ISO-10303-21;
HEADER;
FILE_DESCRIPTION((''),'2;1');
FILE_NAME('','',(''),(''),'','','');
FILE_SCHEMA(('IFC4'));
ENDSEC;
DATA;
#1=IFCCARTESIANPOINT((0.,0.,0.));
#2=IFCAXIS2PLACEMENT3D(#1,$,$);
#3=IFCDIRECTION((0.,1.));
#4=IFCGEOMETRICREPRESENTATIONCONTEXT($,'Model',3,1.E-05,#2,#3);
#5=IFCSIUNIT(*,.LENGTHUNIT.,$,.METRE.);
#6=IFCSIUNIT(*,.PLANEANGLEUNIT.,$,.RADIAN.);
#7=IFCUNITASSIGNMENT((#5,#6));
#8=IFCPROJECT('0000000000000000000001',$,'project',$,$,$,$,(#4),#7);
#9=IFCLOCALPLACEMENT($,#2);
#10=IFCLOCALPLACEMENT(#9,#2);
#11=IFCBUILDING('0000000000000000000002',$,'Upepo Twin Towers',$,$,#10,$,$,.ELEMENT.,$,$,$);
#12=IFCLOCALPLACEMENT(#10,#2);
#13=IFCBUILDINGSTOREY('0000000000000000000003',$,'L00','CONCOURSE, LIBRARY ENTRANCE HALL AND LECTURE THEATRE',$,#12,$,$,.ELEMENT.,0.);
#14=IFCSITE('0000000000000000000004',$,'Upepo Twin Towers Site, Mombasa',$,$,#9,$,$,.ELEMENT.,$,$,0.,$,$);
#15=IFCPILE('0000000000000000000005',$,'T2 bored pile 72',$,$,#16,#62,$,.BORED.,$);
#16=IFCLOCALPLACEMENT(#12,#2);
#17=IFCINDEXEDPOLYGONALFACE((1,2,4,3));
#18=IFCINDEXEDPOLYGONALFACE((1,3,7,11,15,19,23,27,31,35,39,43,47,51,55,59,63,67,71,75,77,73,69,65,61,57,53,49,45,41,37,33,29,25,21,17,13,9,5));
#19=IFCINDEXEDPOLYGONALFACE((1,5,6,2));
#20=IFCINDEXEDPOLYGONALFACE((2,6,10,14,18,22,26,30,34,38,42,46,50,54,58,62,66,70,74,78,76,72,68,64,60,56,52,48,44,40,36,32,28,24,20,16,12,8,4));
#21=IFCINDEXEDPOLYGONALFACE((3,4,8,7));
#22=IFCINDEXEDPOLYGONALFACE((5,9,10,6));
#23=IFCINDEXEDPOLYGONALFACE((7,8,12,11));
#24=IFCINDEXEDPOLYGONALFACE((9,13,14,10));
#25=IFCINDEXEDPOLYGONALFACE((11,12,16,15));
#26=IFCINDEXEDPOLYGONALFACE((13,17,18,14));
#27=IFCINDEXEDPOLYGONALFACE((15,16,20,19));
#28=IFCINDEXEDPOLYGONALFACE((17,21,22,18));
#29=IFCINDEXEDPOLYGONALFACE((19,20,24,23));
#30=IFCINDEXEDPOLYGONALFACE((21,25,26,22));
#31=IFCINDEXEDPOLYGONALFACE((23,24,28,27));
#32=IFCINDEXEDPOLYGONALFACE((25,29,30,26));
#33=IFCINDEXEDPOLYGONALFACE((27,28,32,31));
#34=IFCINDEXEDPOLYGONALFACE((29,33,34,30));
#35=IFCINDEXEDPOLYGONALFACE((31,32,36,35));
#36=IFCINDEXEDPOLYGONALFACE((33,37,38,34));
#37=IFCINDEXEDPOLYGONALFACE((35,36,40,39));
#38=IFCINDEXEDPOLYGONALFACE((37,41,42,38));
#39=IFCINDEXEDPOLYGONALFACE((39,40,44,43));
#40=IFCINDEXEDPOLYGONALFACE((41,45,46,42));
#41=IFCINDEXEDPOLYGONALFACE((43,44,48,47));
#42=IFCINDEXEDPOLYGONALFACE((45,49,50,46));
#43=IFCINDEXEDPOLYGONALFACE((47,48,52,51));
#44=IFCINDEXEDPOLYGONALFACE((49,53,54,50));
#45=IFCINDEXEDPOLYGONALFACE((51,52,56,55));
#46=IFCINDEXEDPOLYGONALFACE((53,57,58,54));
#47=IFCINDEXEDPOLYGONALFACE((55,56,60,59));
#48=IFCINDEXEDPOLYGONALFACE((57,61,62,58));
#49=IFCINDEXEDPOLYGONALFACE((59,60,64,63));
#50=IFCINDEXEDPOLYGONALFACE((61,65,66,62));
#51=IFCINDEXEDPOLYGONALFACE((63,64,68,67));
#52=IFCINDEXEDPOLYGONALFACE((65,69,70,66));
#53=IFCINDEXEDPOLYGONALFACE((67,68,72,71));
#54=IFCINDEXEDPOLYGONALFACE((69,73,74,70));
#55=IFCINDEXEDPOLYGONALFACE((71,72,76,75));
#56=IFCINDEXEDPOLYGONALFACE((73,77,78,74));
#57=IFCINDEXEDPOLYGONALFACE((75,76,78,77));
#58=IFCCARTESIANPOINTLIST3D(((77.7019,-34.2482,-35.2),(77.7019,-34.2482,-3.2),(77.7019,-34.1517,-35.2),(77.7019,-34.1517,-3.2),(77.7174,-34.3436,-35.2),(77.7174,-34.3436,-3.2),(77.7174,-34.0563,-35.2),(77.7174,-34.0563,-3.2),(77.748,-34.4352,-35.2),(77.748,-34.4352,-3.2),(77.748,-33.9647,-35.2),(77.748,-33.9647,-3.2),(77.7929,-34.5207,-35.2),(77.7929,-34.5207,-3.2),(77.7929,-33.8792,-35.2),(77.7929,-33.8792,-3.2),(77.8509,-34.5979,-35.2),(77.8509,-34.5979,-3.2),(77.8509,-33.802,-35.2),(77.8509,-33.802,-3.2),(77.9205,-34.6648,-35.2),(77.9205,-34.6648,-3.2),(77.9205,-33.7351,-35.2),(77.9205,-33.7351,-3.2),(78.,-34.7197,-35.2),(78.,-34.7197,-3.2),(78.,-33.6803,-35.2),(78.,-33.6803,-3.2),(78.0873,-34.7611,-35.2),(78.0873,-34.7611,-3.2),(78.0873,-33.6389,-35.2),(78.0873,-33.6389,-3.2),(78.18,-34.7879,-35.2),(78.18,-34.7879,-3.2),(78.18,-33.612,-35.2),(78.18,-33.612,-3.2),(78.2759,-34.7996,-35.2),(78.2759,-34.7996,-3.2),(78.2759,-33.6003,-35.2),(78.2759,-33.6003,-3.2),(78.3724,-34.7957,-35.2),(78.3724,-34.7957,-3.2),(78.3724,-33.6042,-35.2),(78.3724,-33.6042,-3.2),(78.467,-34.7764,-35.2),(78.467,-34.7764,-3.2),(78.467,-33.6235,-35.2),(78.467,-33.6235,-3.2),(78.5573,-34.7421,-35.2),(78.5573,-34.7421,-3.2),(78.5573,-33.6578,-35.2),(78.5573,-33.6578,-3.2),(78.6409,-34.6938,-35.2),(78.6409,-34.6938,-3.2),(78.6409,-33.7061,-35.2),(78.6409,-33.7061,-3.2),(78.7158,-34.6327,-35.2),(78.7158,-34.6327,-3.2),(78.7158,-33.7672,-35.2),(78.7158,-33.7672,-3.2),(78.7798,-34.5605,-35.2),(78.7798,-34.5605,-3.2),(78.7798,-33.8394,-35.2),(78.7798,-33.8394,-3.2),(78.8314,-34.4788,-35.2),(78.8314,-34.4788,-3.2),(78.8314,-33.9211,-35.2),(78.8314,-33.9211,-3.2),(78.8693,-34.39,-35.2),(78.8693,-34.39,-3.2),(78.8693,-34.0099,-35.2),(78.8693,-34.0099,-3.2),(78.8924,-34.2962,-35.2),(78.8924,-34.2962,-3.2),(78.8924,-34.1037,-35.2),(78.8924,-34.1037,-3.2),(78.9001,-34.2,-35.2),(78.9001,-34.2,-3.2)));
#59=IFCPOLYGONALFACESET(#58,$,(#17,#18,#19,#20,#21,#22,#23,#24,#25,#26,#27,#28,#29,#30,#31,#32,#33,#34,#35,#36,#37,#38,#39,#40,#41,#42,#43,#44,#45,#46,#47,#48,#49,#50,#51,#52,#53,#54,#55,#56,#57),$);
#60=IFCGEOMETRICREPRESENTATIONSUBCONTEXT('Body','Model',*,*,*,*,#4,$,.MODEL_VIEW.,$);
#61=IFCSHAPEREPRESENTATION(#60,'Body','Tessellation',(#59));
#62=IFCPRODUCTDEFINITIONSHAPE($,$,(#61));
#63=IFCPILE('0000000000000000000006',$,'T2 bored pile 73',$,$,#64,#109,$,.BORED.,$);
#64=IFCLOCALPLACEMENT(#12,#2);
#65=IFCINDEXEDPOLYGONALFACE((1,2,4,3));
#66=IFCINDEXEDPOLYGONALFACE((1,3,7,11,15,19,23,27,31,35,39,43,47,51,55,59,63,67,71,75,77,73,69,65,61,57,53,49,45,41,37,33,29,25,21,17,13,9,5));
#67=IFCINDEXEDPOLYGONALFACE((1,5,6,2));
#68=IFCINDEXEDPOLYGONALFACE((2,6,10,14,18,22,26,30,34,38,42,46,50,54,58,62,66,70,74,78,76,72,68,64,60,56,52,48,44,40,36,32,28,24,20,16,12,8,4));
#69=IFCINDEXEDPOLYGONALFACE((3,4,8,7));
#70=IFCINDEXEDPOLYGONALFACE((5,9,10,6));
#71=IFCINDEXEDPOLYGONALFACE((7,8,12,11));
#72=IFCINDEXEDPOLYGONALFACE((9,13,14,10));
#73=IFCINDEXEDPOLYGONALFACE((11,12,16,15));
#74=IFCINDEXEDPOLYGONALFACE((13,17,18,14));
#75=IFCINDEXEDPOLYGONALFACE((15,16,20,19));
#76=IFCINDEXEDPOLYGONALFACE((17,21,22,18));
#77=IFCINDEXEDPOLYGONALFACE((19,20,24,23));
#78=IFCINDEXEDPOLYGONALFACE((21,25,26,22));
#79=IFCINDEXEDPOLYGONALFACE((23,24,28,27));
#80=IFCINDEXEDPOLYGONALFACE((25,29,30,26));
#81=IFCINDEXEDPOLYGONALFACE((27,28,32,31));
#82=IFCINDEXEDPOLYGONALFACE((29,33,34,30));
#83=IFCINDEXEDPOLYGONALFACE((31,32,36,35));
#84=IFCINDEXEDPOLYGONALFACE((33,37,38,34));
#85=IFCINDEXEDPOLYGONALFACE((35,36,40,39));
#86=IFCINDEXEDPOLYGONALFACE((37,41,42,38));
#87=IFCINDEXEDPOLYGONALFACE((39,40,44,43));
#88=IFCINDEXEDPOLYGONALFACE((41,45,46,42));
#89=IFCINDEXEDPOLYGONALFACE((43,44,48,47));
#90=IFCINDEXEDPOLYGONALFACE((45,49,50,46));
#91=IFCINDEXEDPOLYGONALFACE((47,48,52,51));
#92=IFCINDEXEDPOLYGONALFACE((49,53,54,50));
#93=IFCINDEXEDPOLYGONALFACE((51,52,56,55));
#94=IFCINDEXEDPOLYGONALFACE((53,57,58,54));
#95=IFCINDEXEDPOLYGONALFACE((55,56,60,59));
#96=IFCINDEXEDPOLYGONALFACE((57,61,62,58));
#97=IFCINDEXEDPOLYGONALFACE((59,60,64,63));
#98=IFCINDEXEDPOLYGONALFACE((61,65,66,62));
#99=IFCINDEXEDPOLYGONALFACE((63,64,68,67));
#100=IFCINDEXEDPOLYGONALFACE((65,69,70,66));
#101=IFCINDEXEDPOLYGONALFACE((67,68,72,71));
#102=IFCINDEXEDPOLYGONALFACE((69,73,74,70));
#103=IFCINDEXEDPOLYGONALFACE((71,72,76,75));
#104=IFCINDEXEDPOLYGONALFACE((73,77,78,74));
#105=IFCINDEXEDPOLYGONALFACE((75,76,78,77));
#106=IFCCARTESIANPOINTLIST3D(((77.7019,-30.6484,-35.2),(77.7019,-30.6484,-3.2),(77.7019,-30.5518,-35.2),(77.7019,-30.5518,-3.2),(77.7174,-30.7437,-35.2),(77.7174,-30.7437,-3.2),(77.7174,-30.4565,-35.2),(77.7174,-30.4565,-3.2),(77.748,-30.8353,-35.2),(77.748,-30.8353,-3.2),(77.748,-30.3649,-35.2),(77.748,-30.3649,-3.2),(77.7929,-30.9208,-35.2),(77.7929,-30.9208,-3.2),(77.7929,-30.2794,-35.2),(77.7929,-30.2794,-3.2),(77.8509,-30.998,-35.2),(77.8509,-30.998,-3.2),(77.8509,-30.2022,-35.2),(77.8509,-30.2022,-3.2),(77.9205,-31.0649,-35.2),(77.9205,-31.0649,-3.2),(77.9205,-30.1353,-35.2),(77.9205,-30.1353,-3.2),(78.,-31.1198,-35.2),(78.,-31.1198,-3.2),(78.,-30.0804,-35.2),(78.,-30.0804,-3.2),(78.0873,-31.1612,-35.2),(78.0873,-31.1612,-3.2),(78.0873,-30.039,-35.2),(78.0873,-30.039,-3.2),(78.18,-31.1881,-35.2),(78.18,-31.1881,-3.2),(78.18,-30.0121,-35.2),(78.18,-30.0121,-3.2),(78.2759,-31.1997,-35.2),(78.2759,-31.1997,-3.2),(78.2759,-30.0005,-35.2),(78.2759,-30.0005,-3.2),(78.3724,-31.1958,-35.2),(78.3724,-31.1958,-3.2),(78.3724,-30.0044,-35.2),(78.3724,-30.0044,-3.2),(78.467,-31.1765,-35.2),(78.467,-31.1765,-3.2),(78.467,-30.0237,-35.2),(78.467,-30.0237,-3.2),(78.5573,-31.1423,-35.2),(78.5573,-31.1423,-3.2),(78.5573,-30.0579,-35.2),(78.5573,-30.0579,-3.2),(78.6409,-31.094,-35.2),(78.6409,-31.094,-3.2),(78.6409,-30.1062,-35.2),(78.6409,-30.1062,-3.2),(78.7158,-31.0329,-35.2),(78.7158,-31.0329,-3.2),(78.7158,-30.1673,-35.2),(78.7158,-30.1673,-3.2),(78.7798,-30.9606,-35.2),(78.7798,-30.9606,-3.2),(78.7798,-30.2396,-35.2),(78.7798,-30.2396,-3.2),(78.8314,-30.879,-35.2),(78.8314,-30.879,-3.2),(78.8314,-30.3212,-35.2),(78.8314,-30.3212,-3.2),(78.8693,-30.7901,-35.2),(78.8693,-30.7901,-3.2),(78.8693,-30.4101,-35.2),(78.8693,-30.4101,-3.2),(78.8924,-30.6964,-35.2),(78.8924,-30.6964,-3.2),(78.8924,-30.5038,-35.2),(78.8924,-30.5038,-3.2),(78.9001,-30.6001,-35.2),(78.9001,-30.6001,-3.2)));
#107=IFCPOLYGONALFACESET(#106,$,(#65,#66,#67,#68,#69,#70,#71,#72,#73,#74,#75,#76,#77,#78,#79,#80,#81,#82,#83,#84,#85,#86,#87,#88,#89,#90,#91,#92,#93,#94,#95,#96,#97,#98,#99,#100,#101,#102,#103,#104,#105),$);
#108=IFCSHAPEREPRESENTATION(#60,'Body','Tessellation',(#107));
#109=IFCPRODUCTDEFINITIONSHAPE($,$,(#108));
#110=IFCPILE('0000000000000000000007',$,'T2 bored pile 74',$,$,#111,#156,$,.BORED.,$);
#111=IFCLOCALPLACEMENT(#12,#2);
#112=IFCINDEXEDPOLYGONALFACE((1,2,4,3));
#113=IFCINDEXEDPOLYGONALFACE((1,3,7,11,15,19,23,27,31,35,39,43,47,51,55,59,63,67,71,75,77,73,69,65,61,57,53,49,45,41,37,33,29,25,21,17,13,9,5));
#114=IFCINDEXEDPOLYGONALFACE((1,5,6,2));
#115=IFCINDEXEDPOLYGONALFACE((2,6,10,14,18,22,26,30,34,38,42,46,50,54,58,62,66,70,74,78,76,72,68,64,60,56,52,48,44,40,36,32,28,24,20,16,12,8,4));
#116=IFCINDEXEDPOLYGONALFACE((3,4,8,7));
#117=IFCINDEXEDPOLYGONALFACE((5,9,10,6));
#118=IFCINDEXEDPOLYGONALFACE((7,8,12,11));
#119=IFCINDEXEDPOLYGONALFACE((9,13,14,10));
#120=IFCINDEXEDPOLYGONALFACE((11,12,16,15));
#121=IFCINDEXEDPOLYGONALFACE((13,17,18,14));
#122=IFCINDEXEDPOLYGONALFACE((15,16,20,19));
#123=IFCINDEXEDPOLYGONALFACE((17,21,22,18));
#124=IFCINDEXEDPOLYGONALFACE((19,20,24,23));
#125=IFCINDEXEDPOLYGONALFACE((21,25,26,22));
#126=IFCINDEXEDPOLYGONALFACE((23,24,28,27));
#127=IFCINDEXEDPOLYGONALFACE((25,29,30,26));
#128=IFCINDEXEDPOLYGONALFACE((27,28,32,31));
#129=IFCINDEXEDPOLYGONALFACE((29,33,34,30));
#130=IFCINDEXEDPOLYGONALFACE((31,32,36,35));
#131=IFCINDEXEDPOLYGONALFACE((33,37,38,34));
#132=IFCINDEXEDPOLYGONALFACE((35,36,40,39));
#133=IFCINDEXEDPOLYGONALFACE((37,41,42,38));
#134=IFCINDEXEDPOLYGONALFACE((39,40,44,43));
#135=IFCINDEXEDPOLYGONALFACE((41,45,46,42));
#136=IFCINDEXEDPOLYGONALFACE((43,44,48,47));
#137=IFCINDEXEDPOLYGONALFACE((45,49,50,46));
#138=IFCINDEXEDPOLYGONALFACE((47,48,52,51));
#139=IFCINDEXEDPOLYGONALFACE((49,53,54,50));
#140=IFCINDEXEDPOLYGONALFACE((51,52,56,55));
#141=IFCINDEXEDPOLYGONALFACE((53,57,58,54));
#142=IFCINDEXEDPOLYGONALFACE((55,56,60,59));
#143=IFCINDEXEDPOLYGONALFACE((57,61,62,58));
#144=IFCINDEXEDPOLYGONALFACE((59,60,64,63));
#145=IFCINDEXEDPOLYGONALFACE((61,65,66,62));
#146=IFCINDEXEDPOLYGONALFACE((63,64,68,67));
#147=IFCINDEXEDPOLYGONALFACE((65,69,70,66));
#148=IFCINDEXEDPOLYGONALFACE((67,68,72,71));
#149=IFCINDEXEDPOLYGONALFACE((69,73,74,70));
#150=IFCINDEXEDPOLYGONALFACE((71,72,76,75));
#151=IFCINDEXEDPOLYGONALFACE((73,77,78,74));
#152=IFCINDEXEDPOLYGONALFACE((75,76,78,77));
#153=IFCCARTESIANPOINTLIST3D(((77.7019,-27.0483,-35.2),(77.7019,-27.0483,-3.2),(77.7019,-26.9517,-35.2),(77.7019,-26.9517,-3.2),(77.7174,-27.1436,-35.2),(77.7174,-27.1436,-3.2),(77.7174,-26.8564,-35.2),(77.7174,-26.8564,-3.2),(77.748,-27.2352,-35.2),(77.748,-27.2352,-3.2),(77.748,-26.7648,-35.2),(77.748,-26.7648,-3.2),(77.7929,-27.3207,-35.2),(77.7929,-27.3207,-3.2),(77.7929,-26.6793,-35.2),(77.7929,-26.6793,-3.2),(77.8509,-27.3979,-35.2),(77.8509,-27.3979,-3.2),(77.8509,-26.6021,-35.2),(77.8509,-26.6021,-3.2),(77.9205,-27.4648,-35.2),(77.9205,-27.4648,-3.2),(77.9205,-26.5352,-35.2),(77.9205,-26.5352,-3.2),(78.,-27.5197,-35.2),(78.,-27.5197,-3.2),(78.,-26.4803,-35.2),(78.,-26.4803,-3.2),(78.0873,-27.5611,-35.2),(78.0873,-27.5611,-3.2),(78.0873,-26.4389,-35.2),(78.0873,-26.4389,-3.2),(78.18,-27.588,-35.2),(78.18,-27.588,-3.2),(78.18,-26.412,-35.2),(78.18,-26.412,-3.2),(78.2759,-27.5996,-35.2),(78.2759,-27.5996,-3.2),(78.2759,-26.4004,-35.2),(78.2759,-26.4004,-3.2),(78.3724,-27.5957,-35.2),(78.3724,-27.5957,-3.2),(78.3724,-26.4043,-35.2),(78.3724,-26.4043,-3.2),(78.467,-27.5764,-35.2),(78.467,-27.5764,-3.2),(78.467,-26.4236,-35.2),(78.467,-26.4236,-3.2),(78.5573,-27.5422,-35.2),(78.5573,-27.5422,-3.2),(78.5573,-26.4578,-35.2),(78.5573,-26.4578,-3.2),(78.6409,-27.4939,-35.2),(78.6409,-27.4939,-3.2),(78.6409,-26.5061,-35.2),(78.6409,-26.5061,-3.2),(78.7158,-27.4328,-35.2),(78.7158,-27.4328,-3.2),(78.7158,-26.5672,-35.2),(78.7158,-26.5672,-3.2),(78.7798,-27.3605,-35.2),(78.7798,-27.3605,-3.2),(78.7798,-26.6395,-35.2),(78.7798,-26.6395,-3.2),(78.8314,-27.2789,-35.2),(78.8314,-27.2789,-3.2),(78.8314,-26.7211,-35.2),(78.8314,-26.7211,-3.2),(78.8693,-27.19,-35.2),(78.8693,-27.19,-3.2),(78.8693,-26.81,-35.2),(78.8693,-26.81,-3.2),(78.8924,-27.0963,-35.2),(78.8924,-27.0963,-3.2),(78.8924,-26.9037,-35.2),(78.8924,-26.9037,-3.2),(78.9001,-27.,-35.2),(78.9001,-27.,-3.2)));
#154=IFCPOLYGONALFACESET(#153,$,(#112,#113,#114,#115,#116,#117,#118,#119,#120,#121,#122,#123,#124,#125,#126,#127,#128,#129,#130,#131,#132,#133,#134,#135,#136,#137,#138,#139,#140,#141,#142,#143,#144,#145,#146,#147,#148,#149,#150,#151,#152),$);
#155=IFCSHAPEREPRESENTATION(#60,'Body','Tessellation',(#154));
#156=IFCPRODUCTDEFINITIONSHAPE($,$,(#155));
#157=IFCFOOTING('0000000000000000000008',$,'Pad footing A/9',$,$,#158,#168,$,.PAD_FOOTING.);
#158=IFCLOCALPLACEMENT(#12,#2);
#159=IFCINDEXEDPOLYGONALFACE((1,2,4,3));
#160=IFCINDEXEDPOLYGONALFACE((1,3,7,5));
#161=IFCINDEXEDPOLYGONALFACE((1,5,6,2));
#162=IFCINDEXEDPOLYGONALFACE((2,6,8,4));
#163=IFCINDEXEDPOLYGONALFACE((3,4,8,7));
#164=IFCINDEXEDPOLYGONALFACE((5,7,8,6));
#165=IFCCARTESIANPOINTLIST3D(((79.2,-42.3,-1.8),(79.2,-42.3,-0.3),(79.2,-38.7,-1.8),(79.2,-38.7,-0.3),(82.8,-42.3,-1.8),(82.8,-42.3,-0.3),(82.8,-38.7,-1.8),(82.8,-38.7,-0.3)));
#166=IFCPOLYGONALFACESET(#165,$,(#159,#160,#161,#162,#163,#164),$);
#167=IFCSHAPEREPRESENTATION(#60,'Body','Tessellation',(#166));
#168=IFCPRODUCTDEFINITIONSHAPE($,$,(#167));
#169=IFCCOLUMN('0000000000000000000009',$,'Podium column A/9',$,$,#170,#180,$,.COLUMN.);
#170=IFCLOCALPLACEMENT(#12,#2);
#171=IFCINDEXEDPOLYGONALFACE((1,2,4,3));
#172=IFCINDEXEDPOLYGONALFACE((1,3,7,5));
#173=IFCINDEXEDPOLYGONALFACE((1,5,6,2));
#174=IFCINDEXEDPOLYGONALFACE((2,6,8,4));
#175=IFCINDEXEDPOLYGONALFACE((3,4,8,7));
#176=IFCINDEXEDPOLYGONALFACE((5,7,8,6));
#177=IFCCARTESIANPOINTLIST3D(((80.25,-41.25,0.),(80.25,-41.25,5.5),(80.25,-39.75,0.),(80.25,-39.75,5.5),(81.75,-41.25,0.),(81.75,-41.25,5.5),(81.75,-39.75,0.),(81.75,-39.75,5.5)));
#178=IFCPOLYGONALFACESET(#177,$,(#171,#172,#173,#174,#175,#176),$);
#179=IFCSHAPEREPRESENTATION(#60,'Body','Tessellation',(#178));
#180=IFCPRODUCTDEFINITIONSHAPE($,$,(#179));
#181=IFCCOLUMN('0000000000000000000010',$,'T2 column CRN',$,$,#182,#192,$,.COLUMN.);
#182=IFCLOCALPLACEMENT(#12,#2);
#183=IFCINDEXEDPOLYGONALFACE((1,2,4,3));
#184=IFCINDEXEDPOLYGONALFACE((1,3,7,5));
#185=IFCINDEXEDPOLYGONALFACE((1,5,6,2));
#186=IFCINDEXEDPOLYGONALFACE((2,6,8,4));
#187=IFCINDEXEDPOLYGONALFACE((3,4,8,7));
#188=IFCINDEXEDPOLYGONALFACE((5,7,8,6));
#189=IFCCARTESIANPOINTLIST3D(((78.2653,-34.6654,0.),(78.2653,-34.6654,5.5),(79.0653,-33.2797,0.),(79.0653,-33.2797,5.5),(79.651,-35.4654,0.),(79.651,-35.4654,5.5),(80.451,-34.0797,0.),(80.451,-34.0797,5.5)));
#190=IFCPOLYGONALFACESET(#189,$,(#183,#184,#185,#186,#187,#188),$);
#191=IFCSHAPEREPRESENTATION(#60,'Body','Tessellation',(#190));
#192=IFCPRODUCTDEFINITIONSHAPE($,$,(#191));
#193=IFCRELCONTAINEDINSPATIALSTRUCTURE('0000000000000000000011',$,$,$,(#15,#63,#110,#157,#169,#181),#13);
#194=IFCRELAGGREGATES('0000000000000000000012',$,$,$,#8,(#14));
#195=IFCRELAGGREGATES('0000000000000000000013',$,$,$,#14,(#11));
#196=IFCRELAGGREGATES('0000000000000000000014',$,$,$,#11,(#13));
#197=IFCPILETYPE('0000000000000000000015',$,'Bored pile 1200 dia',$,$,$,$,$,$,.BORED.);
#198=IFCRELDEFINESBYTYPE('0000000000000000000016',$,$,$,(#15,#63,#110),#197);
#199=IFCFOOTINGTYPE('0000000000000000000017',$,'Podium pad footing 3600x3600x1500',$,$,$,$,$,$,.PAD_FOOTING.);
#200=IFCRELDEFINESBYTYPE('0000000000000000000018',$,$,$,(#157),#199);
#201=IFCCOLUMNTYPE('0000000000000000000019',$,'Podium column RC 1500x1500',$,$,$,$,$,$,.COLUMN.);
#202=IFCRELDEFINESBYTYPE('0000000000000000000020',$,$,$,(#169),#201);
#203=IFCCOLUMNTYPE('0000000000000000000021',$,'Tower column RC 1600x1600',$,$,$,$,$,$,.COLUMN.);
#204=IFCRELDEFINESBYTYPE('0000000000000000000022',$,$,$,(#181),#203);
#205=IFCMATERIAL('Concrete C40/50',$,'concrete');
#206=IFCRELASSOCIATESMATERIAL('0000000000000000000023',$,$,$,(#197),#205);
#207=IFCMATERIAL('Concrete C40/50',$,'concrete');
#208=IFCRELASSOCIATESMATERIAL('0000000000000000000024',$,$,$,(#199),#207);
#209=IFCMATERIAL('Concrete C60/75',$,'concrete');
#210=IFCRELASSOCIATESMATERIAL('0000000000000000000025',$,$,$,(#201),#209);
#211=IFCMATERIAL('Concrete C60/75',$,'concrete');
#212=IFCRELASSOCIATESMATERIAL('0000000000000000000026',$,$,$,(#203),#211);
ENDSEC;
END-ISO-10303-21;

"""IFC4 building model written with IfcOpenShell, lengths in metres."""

from ifc_helpers import new_model, si_unit, direction, frame, origin, origin_2d, place, context, subcontext, project, spatial, rectangle, circle, extrude, material, material_profile, profile_set, type_object, element, save


model = new_model("IFC4")

# Units and contexts
model_context = context("Model", 3, precision=1e-05, world=origin(), true_north=direction((0.0, 1.0)))
body_context = subcontext(model_context, "Body", "Model", "MODEL_VIEW")
ifc_project = project(units=[si_unit("LENGTHUNIT", "METRE"), si_unit("PLANEANGLEUNIT", "RADIAN")], contexts=[model_context])

# Site, building, storey
site_placement = place(None, origin())
site = spatial("IfcSite", under=ifc_project, at=site_placement, Name="Upepo Twin Towers Site, Mombasa", CompositionType="ELEMENT", RefElevation=0.0)
building_placement = place(site_placement, origin())
building = spatial("IfcBuilding", under=site, at=building_placement, Name="Upepo Twin Towers", CompositionType="ELEMENT")
storey_placement = place(building_placement, origin())
storey = spatial("IfcBuildingStorey", under=building, at=storey_placement, Name="L00", Description="CONCOURSE, LIBRARY ENTRANCE HALL AND LECTURE THEATRE", CompositionType="ELEMENT", Elevation=0.0)

# Piles
ifc_material_1 = material(Name="Concrete C40/50", Category="concrete")
pile_type = type_object("IfcPileType", Name="Bored pile 1200 dia", PredefinedType="BORED", material=ifc_material_1)
for number, where, z_axis, x_axis, name in (
    (1, (78.3, -34.2, -3.2), (0.0, 0.0, -1.0), (1.0, 0.0, 0.0), "T2 bored pile 72"),
    (2, (78.3, -30.6001, -3.2), (0.0, 0.0, -1.0), (1.0, 0.0, 0.0), "T2 bored pile 73"),
    (3, (78.3, -27.0, -3.2), (0.0, 0.0, -1.0), (1.0, 0.0, 0.0), "T2 bored pile 74"),
):
    element("IfcPile", number, at=place(storey_placement, frame(where, z_axis=z_axis, x_axis=x_axis)), inside=storey, type_object=pile_type, Name=name, PredefinedType="BORED", context=body_context, shape_type="SweptSolid", body=[
        extrude(circle(Radius=0.6001, at=origin_2d()), origin(), (0.0, 0.0, 1.0), 32.0),
    ])

# Footing
ifc_material_2 = material(Name="Concrete C40/50", Category="concrete")
footing_type = type_object("IfcFootingType", Name="Podium pad footing 3600x3600x1500", PredefinedType="PAD_FOOTING", material=ifc_material_2)
footing_placement = place(storey_placement, frame((81.0, -40.5, -1.8), z_axis=(0.0, 0.0, 1.0), x_axis=(1.0, 0.0, 0.0)))
element("IfcFooting", 4, at=footing_placement, inside=storey, type_object=footing_type, Name="Pad footing A/9", PredefinedType="PAD_FOOTING", context=body_context, shape_type="SweptSolid", body=[
    extrude(rectangle(XDim=3.6001, YDim=3.6001, at=origin_2d()), origin(), (0.0, 0.0, 1.0), 1.5),
])

# Columns
ifc_material_3 = material(Name="Concrete C60/75", Category="concrete")
ifc_material_profile_1 = material_profile(ifc_material_3, rectangle(XDim=1.5, YDim=1.5, at=origin_2d()), Name="RC 1500x1500")
ifc_profile_set_1 = profile_set([ifc_material_profile_1], Name="Concrete C60/75")
column_type_1 = type_object("IfcColumnType", Name="Podium column RC 1500x1500", PredefinedType="COLUMN", material=ifc_profile_set_1)
column_1_placement = place(storey_placement, frame((81.0, -40.5, 0.0), z_axis=(0.0, 0.0, 1.0), x_axis=(1.0, 0.0, 0.0)))
element("IfcColumn", 5, at=column_1_placement, inside=storey, type_object=column_type_1, Name="Podium column A/9", PredefinedType="COLUMN", context=body_context, shape_type="SweptSolid", body=[
    extrude(rectangle(XDim=1.5, YDim=1.5, at=origin_2d()), origin(), (0.0, 0.0, 1.0), 5.5),
])
ifc_material_4 = material(Name="Concrete C60/75", Category="concrete")
ifc_material_profile_2 = material_profile(ifc_material_4, rectangle(XDim=1.6001, YDim=1.6001, at=origin_2d()), Name="RC 1600x1600")
ifc_profile_set_2 = profile_set([ifc_material_profile_2], Name="Concrete C60/75")
column_type_2 = type_object("IfcColumnType", Name="Tower column RC 1600x1600", PredefinedType="COLUMN", material=ifc_profile_set_2)
column_2_placement = place(storey_placement, frame((79.3582, -34.3726, 0.0), z_axis=(0.0, 0.0, 1.0), x_axis=(0.5, 0.866025, 0.0)))
element("IfcColumn", 6, at=column_2_placement, inside=storey, type_object=column_type_2, Name="T2 column CRN", PredefinedType="COLUMN", context=body_context, shape_type="SweptSolid", body=[
    extrude(rectangle(XDim=1.6001, YDim=1.6001, at=origin_2d()), origin(), (0.0, 0.0, 1.0), 5.5),
])

save(model, "model.ifc")
